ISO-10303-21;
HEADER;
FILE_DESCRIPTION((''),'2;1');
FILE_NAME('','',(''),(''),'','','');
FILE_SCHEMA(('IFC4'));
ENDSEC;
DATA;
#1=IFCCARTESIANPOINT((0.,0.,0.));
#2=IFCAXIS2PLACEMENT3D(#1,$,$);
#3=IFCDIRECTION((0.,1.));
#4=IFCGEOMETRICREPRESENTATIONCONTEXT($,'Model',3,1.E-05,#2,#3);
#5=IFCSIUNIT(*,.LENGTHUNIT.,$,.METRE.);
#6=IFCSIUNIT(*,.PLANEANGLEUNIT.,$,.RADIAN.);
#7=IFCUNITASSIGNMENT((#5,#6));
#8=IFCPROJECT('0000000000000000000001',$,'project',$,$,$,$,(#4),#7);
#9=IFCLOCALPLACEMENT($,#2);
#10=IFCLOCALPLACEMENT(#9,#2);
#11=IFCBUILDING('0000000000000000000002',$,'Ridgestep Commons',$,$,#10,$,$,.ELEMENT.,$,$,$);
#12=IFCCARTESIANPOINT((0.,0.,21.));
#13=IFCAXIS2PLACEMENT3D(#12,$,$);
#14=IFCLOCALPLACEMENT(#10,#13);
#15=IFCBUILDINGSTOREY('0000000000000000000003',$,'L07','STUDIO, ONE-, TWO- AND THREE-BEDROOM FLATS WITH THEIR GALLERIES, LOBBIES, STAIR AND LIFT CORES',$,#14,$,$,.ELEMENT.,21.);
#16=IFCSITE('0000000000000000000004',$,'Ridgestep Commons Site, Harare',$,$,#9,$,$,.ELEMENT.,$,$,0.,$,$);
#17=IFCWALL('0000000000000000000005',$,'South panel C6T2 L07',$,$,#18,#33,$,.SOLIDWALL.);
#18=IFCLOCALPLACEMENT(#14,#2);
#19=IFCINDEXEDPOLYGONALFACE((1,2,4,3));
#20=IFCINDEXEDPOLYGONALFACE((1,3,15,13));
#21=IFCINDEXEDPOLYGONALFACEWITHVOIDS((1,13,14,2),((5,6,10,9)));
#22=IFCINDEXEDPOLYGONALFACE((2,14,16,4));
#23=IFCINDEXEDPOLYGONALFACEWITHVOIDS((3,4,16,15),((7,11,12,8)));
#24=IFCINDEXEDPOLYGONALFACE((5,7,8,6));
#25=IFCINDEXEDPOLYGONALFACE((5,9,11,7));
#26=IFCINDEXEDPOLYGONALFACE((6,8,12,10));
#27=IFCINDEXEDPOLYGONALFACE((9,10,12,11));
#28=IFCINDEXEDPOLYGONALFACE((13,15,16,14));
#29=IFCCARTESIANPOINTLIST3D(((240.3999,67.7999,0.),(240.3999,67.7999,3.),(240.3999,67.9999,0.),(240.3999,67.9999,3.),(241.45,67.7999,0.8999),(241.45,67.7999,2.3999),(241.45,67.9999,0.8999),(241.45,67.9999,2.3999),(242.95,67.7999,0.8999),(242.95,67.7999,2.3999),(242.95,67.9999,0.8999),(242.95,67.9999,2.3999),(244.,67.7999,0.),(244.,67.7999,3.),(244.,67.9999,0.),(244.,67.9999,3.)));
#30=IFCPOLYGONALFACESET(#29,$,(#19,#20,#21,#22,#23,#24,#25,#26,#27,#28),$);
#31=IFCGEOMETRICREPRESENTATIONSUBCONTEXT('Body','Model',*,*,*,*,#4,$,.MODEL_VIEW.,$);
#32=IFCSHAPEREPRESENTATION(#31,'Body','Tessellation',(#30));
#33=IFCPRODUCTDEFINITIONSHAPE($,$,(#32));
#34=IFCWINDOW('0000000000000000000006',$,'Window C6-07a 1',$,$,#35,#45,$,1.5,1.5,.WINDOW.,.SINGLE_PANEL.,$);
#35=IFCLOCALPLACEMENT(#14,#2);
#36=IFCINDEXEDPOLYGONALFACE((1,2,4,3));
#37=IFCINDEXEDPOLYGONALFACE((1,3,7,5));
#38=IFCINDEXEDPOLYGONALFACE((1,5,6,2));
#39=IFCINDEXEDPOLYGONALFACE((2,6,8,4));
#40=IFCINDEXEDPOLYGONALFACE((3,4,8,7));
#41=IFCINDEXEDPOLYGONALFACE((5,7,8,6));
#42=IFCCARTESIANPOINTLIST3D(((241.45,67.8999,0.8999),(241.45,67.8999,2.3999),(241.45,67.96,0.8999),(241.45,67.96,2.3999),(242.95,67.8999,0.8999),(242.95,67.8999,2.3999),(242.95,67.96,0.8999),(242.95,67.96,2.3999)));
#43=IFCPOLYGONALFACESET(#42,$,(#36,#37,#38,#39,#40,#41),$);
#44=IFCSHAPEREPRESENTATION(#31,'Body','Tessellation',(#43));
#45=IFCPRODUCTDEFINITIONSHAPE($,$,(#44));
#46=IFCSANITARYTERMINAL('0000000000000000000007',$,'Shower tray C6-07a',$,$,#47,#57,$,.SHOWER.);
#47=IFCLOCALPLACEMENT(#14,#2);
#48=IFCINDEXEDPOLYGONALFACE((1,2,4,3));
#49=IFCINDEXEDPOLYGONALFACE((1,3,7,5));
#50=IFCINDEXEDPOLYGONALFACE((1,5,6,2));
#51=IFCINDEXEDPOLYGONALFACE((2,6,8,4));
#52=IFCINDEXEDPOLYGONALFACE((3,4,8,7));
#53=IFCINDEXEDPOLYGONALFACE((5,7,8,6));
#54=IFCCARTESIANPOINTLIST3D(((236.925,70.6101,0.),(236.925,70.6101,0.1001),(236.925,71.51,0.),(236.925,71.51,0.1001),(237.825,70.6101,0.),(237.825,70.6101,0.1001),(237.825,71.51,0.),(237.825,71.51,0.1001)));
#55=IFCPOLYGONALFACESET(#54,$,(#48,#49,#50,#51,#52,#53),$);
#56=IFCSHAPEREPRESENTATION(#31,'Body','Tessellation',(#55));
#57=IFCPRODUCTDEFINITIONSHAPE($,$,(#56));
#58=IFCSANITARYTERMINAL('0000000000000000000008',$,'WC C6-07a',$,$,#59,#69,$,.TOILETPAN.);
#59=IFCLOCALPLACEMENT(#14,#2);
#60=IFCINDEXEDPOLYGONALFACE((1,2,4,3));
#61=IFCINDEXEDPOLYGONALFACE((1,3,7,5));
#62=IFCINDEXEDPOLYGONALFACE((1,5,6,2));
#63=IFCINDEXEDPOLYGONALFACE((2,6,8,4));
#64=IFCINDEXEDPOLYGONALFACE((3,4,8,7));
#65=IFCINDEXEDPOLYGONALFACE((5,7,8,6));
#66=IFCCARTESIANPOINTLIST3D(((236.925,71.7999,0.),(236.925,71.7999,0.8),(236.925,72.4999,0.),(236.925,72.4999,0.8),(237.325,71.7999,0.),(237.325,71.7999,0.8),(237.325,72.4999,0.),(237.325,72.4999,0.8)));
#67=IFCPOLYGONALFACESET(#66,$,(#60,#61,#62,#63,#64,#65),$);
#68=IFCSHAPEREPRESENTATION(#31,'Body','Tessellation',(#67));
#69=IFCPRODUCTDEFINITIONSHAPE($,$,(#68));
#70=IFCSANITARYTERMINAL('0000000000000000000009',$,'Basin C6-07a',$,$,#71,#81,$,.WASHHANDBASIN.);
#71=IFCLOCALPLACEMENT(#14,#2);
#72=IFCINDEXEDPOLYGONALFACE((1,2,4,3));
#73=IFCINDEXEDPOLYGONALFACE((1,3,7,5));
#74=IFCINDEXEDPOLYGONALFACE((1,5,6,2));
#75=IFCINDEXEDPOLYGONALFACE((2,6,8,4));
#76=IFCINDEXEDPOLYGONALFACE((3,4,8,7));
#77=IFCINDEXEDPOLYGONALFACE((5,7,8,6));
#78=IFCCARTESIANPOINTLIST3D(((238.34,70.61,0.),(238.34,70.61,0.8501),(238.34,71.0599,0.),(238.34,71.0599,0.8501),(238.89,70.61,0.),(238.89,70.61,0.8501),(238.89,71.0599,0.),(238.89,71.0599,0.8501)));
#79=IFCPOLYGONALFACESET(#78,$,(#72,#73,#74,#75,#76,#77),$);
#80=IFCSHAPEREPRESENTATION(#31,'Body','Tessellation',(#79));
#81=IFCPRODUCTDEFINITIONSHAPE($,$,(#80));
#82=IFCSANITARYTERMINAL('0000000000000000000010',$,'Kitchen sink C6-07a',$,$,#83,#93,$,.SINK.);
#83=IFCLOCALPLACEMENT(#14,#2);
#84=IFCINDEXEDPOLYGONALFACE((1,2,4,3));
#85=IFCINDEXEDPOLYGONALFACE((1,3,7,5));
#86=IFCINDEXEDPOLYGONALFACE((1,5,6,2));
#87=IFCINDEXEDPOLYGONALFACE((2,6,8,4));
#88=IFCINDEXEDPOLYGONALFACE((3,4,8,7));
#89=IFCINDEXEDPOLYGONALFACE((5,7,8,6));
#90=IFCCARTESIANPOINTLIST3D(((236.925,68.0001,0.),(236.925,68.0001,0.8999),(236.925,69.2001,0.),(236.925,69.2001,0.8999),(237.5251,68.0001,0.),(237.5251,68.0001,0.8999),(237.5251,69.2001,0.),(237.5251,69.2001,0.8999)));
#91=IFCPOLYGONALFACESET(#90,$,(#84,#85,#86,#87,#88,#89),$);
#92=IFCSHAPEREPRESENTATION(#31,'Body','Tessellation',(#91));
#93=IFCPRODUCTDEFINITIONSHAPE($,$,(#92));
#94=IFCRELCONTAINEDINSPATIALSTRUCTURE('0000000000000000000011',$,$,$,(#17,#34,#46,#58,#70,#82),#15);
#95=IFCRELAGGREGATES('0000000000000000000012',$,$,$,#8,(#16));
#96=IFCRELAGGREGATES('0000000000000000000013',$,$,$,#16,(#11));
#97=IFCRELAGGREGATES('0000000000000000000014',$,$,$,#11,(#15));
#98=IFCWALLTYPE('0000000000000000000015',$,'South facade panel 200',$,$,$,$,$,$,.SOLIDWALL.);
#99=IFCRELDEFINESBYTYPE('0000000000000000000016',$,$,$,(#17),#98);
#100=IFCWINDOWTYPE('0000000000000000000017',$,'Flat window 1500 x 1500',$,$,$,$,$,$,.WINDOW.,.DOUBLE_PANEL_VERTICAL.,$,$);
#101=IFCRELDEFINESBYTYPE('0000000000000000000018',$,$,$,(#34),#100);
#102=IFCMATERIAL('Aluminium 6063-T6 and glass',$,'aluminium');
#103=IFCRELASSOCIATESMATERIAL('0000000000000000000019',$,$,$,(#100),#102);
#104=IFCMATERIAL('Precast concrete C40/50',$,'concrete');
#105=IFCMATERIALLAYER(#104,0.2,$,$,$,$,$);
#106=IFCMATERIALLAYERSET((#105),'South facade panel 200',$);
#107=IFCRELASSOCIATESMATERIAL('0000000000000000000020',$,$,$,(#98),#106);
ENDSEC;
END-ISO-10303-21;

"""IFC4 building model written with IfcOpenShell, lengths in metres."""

from ifc_helpers import new_model, si_unit, direction, frame, frame_2d, origin, origin_2d, place, context, subcontext, project, spatial, rectangle, extrude, material, layer, layer_set, type_object, element, fill, save


model = new_model("IFC4")

# Units and contexts
model_context = context("Model", 3, precision=1e-05, world=origin(), true_north=direction((0.0, 1.0)))
body_context = subcontext(model_context, "Body", "Model", "MODEL_VIEW")
ifc_project = project(units=[si_unit("LENGTHUNIT", "METRE"), si_unit("PLANEANGLEUNIT", "RADIAN")], contexts=[model_context])

# Site, building, storey
site_placement = place(None, origin())
site = spatial("IfcSite", under=ifc_project, at=site_placement, Name="Ridgestep Commons Site, Harare", CompositionType="ELEMENT", RefElevation=0.0)
building_placement = place(site_placement, origin())
building = spatial("IfcBuilding", under=site, at=building_placement, Name="Ridgestep Commons", CompositionType="ELEMENT")
storey_placement = place(building_placement, frame((0.0, 0.0, 21.0)))
storey = spatial("IfcBuildingStorey", under=building, at=storey_placement, Name="L07", Description="STUDIO, ONE-, TWO- AND THREE-BEDROOM FLATS WITH THEIR GALLERIES, LOBBIES, STAIR AND LIFT CORES", CompositionType="ELEMENT", Elevation=21.0)

# Shared definitions
ifc_material_1 = material(Name="Aluminium 6063-T6 and glass", Category="aluminium")
window_type_1 = type_object("IfcWindowType", Name="Flat window 1500 x 1500", PartitioningType="DOUBLE_PANEL_VERTICAL", PredefinedType="WINDOW", material=ifc_material_1)

# Wall, opening, window
ifc_material_2 = material(Name="Precast concrete C40/50", Category="concrete")
ifc_layer_1 = layer(ifc_material_2, 0.2)
ifc_layer_set_1 = layer_set([ifc_layer_1], Name="South facade panel 200")
wall_type_1 = type_object("IfcWallType", Name="South facade panel 200", PredefinedType="SOLIDWALL", material=ifc_layer_set_1)
wall_1_placement = place(storey_placement, frame((240.3999, 67.8999, 0.0), z_axis=(0.0, 0.0, 1.0), x_axis=(1.0, 0.0, 0.0)))
wall_1 = element("IfcWall", 1, at=wall_1_placement, inside=storey, type_object=wall_type_1, Name="South panel C6T2 L07", PredefinedType="SOLIDWALL", context=body_context, shape_type="SweptSolid", body=[
    extrude(rectangle(XDim=3.6001, YDim=0.2, at=frame_2d((1.8, 0.0))), origin(), (0.0, 0.0, 1.0), 3.0),
])
opening_1_placement = place(wall_1_placement, frame((1.05, 0.0, 0.8999)))
opening_1 = element("IfcOpeningElement", 2, at=opening_1_placement, cuts=wall_1, PredefinedType="OPENING", context=body_context, shape_type="SweptSolid", body=[
    extrude(rectangle(XDim=1.5, YDim=1.5, at=frame_2d((0.75, 0.75))), frame((0.0, 0.1099, 0.0), z_axis=(0.0, -1.0, 0.0), x_axis=(1.0, 0.0, 0.0)), (0.0, 0.0, 1.0), 0.22),
])
window_1_placement = place(opening_1_placement, origin())
window_1 = element("IfcWindow", 3, at=window_1_placement, inside=storey, type_object=window_type_1, Name="Window C6-07a 1", OverallHeight=1.5, OverallWidth=1.5, PartitioningType="SINGLE_PANEL", PredefinedType="WINDOW", context=body_context, shape_type="SweptSolid", body=[
    extrude(rectangle(XDim=1.5, YDim=1.5, at=frame_2d((0.75, 0.75))), frame((0.0, 0.0601, 0.0), z_axis=(0.0, -1.0, 0.0), x_axis=(1.0, 0.0, 0.0)), (0.0, 0.0, 1.0), 0.0601),
])
fill(opening_1, window_1)

# Sanitary terminals
sanitary_terminal_1_placement = place(storey_placement, frame((237.375, 71.0601, 0.0), z_axis=(0.0, 0.0, 1.0), x_axis=(1.0, 0.0, 0.0)))
element("IfcSanitaryTerminal", 4, at=sanitary_terminal_1_placement, inside=storey, Name="Shower tray C6-07a", PredefinedType="SHOWER", context=body_context, shape_type="SweptSolid", body=[
    extrude(rectangle(XDim=0.8999, YDim=0.8999, at=origin_2d()), origin(), (0.0, 0.0, 1.0), 0.1001),
])
sanitary_terminal_2_placement = place(storey_placement, frame((237.125, 72.1499, 0.0), z_axis=(0.0, 0.0, 1.0), x_axis=(1.0, 0.0, 0.0)))
element("IfcSanitaryTerminal", 5, at=sanitary_terminal_2_placement, inside=storey, Name="WC C6-07a", PredefinedType="TOILETPAN", context=body_context, shape_type="SweptSolid", body=[
    extrude(rectangle(XDim=0.3999, YDim=0.7, at=origin_2d()), origin(), (0.0, 0.0, 1.0), 0.8),
])
sanitary_terminal_3_placement = place(storey_placement, frame((238.615, 70.835, 0.0), z_axis=(0.0, 0.0, 1.0), x_axis=(1.0, 0.0, 0.0)))
element("IfcSanitaryTerminal", 6, at=sanitary_terminal_3_placement, inside=storey, Name="Basin C6-07a", PredefinedType="WASHHANDBASIN", context=body_context, shape_type="SweptSolid", body=[
    extrude(rectangle(XDim=0.55, YDim=0.45, at=origin_2d()), origin(), (0.0, 0.0, 1.0), 0.8501),
])
sanitary_terminal_4_placement = place(storey_placement, frame((237.2251, 68.6001, 0.0), z_axis=(0.0, 0.0, 1.0), x_axis=(1.0, 0.0, 0.0)))
element("IfcSanitaryTerminal", 7, at=sanitary_terminal_4_placement, inside=storey, Name="Kitchen sink C6-07a", PredefinedType="SINK", context=body_context, shape_type="SweptSolid", body=[
    extrude(rectangle(XDim=0.6001, YDim=1.2, at=origin_2d()), origin(), (0.0, 0.0, 1.0), 0.8999),
])

save(model, "model.ifc")
